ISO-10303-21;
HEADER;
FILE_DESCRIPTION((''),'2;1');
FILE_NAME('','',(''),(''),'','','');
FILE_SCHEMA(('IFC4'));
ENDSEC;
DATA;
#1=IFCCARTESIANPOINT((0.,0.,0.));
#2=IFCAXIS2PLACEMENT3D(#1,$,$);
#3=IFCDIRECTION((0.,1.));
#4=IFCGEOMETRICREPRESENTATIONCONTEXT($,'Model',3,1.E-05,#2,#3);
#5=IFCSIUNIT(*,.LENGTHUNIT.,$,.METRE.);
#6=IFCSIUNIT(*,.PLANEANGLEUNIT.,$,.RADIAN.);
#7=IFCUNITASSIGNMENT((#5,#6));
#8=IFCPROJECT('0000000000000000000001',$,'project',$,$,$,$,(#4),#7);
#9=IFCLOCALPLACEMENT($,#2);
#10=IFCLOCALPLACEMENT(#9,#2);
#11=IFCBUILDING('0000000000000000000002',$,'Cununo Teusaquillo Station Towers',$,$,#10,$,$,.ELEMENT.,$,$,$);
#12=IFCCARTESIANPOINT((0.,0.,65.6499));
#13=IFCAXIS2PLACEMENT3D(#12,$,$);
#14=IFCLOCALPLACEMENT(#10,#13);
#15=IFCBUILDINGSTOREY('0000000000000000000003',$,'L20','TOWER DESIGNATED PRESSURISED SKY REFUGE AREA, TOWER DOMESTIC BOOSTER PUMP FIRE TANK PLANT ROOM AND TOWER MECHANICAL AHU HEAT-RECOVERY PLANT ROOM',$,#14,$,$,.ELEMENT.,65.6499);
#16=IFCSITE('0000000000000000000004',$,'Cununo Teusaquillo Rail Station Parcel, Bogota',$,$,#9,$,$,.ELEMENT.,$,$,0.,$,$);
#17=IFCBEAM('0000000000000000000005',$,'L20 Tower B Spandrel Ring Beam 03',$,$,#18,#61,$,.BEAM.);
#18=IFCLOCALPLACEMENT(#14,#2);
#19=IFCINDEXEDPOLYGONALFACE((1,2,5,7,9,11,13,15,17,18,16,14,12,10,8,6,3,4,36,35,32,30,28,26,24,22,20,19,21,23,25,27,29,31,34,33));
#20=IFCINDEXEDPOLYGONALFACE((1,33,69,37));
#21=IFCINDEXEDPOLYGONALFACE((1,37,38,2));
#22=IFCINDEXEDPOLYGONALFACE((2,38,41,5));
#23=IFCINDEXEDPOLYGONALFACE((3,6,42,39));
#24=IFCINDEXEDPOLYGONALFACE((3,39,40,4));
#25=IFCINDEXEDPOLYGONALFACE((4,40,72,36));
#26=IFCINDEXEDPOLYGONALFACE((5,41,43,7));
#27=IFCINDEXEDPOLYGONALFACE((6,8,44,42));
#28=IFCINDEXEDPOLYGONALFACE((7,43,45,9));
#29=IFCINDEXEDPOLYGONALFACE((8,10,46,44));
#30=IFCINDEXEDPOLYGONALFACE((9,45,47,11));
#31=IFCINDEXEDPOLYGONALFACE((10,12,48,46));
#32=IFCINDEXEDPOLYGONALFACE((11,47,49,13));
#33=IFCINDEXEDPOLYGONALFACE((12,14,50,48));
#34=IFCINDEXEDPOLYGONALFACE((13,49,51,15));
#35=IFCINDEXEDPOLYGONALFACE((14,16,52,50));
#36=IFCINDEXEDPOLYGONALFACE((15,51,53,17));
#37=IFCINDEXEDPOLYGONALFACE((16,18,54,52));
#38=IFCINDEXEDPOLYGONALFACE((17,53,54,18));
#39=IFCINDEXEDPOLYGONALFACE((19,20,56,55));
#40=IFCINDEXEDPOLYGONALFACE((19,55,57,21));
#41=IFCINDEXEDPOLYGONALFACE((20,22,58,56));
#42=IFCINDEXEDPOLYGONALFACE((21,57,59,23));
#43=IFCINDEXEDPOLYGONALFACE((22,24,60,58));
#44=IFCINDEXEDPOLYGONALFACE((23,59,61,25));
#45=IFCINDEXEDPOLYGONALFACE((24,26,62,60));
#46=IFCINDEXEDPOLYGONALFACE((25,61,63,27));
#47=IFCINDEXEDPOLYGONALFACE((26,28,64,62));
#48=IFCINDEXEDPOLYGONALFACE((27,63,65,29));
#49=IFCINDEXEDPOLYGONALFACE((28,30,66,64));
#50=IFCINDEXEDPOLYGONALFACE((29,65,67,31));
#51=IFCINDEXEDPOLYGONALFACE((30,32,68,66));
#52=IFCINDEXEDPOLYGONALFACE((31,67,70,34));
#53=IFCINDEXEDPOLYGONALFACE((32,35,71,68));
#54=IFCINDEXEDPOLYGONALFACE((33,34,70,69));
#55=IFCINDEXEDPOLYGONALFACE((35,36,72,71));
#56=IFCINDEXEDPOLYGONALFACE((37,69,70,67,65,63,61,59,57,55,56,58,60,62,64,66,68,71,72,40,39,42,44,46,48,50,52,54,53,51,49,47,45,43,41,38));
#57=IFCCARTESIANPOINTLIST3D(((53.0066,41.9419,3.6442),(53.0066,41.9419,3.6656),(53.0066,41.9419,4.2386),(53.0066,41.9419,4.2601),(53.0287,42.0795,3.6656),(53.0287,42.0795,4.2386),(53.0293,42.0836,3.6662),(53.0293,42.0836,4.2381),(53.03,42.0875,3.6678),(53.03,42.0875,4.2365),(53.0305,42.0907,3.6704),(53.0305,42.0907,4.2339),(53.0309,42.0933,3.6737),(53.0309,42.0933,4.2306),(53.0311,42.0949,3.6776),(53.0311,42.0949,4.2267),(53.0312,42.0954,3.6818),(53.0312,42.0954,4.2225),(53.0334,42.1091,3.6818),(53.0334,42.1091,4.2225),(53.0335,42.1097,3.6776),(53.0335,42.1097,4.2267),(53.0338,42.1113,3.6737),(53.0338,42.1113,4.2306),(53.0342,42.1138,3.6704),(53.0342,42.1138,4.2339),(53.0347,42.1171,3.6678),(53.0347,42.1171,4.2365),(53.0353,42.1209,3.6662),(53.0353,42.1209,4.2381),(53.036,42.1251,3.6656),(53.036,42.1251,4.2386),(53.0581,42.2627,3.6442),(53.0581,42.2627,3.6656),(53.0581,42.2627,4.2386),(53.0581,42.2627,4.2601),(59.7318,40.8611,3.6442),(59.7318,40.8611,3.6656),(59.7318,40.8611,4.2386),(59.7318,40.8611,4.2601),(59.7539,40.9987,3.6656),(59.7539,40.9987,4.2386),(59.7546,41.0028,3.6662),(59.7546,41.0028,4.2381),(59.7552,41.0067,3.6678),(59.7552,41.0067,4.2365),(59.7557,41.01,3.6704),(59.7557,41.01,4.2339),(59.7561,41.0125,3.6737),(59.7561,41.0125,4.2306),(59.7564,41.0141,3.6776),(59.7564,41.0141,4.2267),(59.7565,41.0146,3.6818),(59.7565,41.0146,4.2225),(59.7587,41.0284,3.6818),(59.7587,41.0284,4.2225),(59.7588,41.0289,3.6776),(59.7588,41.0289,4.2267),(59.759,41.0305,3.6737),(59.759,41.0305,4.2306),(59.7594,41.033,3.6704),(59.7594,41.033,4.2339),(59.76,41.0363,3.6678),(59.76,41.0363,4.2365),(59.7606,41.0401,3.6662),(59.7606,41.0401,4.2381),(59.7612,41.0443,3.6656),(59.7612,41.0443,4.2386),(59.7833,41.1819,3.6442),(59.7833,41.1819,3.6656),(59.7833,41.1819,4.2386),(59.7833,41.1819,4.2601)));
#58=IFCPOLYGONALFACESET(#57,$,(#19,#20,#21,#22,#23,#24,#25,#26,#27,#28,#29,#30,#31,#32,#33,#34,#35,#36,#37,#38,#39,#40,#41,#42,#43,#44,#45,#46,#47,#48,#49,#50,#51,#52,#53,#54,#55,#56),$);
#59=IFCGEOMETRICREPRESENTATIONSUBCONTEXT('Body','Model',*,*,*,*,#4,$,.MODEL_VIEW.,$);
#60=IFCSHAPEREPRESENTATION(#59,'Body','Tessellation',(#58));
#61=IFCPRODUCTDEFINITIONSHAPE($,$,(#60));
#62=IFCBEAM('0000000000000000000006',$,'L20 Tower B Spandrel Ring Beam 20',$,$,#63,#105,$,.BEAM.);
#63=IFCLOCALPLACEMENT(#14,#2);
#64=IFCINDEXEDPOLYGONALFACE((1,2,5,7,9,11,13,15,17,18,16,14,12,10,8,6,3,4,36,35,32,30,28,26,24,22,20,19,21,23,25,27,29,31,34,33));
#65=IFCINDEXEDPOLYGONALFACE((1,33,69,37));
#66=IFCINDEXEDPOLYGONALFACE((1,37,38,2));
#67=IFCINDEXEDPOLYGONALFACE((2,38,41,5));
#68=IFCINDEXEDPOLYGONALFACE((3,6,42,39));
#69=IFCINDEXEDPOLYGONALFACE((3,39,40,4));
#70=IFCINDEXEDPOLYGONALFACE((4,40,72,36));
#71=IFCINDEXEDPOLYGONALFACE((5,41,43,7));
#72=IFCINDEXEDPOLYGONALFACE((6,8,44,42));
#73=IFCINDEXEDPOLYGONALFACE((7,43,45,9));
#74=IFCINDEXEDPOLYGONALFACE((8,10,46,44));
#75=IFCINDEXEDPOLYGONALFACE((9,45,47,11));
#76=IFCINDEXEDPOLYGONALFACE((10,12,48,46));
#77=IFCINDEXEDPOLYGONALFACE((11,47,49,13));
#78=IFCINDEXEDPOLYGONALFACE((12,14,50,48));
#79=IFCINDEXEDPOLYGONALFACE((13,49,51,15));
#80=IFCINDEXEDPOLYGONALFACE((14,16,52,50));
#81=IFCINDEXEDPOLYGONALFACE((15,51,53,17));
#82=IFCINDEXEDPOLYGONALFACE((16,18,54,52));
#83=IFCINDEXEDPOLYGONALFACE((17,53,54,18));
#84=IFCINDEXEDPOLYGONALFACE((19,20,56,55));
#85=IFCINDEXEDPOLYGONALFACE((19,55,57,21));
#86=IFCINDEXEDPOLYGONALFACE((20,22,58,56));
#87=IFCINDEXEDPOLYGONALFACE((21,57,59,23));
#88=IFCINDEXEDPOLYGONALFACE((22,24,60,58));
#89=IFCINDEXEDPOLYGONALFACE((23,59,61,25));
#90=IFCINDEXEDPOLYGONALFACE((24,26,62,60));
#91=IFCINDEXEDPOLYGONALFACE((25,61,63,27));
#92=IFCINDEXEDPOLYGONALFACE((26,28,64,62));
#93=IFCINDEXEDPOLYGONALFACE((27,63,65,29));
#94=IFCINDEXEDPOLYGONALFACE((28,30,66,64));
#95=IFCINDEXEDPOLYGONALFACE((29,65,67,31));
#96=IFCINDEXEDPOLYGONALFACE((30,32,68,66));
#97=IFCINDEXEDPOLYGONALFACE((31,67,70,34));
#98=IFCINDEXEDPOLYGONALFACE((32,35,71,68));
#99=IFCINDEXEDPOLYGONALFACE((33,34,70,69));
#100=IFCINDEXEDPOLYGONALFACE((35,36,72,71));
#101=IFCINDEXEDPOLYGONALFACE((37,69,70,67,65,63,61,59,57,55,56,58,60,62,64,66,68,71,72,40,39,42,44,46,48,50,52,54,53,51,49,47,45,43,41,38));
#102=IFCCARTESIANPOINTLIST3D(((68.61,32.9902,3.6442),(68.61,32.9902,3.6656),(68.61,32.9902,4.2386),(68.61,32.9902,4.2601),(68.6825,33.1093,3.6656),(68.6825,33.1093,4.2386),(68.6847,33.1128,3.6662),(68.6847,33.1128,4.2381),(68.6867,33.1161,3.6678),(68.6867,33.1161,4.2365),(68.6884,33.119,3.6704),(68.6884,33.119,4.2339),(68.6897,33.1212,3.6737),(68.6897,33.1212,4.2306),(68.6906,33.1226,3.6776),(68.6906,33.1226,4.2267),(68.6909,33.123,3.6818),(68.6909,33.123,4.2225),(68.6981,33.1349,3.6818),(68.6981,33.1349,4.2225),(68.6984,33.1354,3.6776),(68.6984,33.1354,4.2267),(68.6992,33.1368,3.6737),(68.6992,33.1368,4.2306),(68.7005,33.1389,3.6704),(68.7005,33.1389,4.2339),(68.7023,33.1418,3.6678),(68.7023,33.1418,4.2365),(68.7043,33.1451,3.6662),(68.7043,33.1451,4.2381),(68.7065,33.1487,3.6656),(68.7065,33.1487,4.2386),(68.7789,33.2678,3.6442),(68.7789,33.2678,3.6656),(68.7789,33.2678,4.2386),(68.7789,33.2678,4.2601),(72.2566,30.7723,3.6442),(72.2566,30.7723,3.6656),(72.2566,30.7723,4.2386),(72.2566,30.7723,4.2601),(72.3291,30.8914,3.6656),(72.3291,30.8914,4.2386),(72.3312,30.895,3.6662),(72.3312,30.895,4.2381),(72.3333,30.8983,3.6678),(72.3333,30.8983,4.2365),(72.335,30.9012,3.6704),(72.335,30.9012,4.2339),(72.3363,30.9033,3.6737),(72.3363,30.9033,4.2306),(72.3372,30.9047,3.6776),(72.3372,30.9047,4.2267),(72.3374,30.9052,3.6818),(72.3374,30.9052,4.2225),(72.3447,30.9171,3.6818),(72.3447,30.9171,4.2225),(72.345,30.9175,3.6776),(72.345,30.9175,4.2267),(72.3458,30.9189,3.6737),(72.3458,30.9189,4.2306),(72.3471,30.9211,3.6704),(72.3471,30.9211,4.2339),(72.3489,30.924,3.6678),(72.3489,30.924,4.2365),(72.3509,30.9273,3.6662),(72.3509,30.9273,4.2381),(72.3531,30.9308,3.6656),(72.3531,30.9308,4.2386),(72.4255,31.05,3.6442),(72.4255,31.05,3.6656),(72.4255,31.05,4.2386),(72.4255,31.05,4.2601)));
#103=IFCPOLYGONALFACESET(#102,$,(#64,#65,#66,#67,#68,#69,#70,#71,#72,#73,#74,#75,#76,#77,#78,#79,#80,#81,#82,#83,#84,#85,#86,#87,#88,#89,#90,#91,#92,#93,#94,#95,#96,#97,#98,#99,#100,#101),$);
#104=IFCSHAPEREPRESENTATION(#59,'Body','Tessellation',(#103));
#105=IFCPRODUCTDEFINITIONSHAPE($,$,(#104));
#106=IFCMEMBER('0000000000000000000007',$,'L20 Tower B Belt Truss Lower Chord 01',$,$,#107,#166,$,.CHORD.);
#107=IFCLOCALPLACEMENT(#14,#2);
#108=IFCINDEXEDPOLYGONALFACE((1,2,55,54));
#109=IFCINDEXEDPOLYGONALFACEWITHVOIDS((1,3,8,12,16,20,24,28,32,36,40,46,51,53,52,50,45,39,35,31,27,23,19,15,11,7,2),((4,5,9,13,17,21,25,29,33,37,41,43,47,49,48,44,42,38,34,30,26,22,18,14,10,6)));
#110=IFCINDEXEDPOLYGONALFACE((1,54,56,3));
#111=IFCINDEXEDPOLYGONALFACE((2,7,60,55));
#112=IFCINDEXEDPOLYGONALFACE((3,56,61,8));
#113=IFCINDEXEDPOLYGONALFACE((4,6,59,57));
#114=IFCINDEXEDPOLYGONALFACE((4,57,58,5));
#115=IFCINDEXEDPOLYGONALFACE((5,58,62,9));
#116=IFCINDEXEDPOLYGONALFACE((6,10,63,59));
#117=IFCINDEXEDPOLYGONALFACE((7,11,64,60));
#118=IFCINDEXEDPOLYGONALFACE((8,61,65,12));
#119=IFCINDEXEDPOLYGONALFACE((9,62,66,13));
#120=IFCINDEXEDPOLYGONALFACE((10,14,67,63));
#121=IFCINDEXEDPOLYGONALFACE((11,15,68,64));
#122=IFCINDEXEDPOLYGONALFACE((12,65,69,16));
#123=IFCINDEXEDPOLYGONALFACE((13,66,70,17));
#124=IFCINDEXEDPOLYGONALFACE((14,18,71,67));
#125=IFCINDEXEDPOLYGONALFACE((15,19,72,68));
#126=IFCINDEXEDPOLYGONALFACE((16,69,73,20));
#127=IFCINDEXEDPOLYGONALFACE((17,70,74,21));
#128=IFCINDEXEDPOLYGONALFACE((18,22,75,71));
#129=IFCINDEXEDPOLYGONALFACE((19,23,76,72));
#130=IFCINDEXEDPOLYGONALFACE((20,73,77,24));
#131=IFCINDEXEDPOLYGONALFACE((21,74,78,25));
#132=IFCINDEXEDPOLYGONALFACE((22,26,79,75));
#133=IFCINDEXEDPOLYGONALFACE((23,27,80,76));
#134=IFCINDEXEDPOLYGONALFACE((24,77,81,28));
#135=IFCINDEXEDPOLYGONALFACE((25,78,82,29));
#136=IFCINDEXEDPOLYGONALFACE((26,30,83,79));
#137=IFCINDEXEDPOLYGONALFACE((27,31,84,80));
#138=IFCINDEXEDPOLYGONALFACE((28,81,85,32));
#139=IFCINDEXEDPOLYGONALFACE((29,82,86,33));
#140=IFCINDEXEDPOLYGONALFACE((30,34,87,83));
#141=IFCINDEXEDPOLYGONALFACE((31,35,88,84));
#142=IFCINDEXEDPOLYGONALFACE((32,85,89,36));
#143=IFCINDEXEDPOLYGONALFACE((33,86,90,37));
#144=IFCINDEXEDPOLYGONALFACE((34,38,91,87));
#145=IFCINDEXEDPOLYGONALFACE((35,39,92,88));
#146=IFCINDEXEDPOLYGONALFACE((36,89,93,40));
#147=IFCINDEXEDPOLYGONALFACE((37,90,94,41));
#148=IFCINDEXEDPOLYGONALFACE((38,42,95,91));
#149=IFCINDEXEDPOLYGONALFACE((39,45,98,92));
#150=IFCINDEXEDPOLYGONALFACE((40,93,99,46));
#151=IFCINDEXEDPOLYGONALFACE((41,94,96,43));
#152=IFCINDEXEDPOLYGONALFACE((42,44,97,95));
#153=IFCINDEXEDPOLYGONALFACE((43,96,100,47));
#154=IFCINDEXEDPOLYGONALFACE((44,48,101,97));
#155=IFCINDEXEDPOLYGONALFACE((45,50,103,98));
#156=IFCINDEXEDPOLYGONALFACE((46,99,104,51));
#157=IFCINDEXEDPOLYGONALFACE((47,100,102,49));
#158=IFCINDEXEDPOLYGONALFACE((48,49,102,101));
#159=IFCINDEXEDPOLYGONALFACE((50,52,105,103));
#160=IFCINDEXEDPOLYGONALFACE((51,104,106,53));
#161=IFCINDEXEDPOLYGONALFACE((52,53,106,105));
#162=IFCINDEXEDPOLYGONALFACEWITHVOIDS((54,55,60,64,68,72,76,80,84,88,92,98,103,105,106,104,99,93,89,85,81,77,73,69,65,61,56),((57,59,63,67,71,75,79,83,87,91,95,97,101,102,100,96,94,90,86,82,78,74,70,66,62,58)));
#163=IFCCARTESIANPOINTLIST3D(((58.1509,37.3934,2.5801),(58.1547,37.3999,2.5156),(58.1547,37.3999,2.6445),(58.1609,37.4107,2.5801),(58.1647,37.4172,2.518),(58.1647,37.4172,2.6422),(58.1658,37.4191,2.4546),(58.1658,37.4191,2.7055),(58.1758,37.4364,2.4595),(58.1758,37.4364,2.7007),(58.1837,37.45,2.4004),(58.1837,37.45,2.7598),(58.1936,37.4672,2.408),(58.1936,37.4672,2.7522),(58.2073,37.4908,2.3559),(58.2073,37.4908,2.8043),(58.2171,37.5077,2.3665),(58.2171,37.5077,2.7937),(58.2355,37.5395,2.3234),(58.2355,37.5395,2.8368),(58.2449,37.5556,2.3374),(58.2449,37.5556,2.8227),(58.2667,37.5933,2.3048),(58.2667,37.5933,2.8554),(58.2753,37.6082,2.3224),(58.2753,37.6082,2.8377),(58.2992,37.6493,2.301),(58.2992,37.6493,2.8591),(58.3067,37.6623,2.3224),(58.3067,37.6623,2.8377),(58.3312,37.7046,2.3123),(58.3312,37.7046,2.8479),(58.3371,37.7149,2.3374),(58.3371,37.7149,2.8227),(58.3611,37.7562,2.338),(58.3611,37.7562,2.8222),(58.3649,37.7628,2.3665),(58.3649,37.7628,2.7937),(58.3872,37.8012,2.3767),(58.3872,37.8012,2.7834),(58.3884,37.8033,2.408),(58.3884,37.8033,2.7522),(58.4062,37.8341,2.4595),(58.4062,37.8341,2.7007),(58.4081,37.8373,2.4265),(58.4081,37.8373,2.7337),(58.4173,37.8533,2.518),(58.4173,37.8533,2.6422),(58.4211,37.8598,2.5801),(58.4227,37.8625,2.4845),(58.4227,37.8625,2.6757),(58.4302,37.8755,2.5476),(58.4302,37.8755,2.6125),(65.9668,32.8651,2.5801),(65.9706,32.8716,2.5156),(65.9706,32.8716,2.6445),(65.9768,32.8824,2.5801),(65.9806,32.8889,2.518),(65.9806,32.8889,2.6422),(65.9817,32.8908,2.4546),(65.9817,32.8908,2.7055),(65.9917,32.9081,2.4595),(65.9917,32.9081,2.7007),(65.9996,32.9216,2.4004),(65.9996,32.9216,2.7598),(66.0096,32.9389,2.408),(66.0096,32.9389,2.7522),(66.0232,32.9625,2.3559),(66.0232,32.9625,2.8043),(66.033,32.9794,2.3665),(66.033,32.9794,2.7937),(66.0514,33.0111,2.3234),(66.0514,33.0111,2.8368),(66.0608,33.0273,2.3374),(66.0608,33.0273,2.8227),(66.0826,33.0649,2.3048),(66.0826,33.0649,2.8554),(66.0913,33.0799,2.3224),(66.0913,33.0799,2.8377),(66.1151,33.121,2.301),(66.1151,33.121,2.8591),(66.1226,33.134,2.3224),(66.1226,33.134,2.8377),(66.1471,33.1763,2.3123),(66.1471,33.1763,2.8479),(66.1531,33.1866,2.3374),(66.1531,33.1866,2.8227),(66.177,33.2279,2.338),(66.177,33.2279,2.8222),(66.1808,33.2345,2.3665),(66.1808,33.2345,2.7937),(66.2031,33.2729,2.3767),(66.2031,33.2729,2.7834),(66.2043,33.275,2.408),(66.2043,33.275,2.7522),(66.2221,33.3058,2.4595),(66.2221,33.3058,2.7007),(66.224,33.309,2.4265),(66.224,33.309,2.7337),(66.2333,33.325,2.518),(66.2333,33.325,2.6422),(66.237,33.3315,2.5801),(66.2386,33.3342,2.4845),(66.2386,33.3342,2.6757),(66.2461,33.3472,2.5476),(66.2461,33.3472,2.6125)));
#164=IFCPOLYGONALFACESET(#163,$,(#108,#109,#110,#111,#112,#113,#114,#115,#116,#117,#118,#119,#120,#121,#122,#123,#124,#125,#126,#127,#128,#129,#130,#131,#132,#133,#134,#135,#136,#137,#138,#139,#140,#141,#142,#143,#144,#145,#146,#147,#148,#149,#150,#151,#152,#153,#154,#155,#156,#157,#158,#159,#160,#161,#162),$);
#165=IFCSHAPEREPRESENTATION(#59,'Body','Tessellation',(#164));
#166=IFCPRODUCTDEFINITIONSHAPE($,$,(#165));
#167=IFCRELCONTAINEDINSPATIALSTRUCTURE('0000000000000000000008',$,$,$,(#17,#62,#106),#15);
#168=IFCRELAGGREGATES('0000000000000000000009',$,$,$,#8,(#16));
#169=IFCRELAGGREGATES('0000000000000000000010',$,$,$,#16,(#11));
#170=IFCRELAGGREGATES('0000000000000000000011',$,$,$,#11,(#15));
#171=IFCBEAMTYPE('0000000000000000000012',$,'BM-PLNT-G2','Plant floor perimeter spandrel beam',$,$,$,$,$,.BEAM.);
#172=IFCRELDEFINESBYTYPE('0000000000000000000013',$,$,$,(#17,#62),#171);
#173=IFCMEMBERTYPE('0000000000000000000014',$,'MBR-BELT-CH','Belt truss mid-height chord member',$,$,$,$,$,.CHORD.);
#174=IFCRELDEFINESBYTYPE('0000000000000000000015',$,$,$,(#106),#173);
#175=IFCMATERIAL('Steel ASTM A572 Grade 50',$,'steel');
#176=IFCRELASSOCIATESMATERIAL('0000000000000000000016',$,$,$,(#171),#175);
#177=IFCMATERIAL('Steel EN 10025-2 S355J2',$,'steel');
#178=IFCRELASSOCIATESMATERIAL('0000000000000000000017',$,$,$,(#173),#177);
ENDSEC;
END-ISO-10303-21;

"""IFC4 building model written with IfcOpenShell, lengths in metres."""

from ifc_helpers import new_model, si_unit, direction, frame, origin, origin_2d, place, context, subcontext, project, spatial, hollow_circle, i_section, extrude, material, material_profile, profile_set, type_object, element, save


model = new_model("IFC4")

# Units and contexts
model_context = context("Model", 3, precision=1e-05, world=origin(), true_north=direction((0.0, 1.0)))
body_context = subcontext(model_context, "Body", "Model", "MODEL_VIEW")
ifc_project = project(units=[si_unit("LENGTHUNIT", "METRE"), si_unit("PLANEANGLEUNIT", "RADIAN")], contexts=[model_context])

# Site, building, storey
site_placement = place(None, origin())
site = spatial("IfcSite", under=ifc_project, at=site_placement, Name="Cununo Teusaquillo Rail Station Parcel, Bogota", CompositionType="ELEMENT", RefElevation=0.0)
building_placement = place(site_placement, origin())
building = spatial("IfcBuilding", under=site, at=building_placement, Name="Cununo Teusaquillo Station Towers", CompositionType="ELEMENT")
storey_placement = place(building_placement, frame((0.0, 0.0, 65.6499)))
storey = spatial("IfcBuildingStorey", under=building, at=storey_placement, Name="L20", Description="TOWER DESIGNATED PRESSURISED SKY REFUGE AREA, TOWER DOMESTIC BOOSTER PUMP FIRE TANK PLANT ROOM AND TOWER MECHANICAL AHU HEAT-RECOVERY PLANT ROOM", CompositionType="ELEMENT", Elevation=65.6499)

# Beams
ifc_material_1 = material(Name="Steel ASTM A572 Grade 50", Category="steel")
ifc_material_profile_1 = material_profile(ifc_material_1, i_section(OverallWidth=0.325, OverallDepth=0.616, WebThickness=0.0139, FlangeThickness=0.0215, FilletRadius=0.0161, at=origin_2d()), Name="W24X117")
ifc_profile_set_1 = profile_set([ifc_material_profile_1], Name="Steel ASTM A572 Grade 50")
beam_type_1 = type_object("IfcBeamType", Name="BM-PLNT-G2", Description="Plant floor perimeter spandrel beam", PredefinedType="BEAM", material=ifc_profile_set_1)
beam_1_placement = place(storey_placement, frame((59.7576, 41.0215, 3.9521), z_axis=(-0.987331, 0.158671, 0.0), x_axis=(-0.158671, -0.987331, 0.0)))
element("IfcBeam", 1, at=beam_1_placement, inside=storey, type_object=beam_type_1, Name="L20 Tower B Spandrel Ring Beam 03", PredefinedType="BEAM", context=body_context, shape_type="SweptSolid", body=[
    extrude(i_section(OverallWidth=0.325, OverallDepth=0.616, WebThickness=0.0139, FlangeThickness=0.0215, FilletRadius=0.0161, at=origin_2d()), origin(), (0.0, 0.0, 1.0), 6.8115),
])
beam_2_placement = place(storey_placement, frame((72.3411, 30.9111, 3.9521), z_axis=(-0.854388, 0.519635, 0.0), x_axis=(-0.519635, -0.854388, 0.0)))
element("IfcBeam", 2, at=beam_2_placement, inside=storey, type_object=beam_type_1, Name="L20 Tower B Spandrel Ring Beam 20", PredefinedType="BEAM", context=body_context, shape_type="SweptSolid", body=[
    extrude(i_section(OverallWidth=0.325, OverallDepth=0.616, WebThickness=0.0139, FlangeThickness=0.0215, FilletRadius=0.0161, at=origin_2d()), origin(), (0.0, 0.0, 1.0), 4.2681),
])

# Member
ifc_material_2 = material(Name="Steel EN 10025-2 S355J2", Category="steel")
ifc_material_profile_2 = material_profile(ifc_material_2, hollow_circle(Radius=0.2795, WallThickness=0.02, at=origin_2d()), Name="CHS 559x20")
ifc_profile_set_2 = profile_set([ifc_material_profile_2], Name="Steel EN 10025-2 S355J2")
member_type_1 = type_object("IfcMemberType", Name="MBR-BELT-CH", Description="Belt truss mid-height chord member", PredefinedType="CHORD", material=ifc_profile_set_2)
member_1_placement = place(storey_placement, frame((66.1069, 33.1069, 2.5801), z_axis=(-0.865267, 0.501311, 0.0), x_axis=(-0.501311, -0.865267, 0.0)))
element("IfcMember", 3, at=member_1_placement, inside=storey, type_object=member_type_1, Name="L20 Tower B Belt Truss Lower Chord 01", PredefinedType="CHORD", context=body_context, shape_type="SweptSolid", body=[
    extrude(hollow_circle(Radius=0.2795, WallThickness=0.02, at=origin_2d()), origin(), (0.0, 0.0, 1.0), 9.033),
])

save(model, "model.ifc")
